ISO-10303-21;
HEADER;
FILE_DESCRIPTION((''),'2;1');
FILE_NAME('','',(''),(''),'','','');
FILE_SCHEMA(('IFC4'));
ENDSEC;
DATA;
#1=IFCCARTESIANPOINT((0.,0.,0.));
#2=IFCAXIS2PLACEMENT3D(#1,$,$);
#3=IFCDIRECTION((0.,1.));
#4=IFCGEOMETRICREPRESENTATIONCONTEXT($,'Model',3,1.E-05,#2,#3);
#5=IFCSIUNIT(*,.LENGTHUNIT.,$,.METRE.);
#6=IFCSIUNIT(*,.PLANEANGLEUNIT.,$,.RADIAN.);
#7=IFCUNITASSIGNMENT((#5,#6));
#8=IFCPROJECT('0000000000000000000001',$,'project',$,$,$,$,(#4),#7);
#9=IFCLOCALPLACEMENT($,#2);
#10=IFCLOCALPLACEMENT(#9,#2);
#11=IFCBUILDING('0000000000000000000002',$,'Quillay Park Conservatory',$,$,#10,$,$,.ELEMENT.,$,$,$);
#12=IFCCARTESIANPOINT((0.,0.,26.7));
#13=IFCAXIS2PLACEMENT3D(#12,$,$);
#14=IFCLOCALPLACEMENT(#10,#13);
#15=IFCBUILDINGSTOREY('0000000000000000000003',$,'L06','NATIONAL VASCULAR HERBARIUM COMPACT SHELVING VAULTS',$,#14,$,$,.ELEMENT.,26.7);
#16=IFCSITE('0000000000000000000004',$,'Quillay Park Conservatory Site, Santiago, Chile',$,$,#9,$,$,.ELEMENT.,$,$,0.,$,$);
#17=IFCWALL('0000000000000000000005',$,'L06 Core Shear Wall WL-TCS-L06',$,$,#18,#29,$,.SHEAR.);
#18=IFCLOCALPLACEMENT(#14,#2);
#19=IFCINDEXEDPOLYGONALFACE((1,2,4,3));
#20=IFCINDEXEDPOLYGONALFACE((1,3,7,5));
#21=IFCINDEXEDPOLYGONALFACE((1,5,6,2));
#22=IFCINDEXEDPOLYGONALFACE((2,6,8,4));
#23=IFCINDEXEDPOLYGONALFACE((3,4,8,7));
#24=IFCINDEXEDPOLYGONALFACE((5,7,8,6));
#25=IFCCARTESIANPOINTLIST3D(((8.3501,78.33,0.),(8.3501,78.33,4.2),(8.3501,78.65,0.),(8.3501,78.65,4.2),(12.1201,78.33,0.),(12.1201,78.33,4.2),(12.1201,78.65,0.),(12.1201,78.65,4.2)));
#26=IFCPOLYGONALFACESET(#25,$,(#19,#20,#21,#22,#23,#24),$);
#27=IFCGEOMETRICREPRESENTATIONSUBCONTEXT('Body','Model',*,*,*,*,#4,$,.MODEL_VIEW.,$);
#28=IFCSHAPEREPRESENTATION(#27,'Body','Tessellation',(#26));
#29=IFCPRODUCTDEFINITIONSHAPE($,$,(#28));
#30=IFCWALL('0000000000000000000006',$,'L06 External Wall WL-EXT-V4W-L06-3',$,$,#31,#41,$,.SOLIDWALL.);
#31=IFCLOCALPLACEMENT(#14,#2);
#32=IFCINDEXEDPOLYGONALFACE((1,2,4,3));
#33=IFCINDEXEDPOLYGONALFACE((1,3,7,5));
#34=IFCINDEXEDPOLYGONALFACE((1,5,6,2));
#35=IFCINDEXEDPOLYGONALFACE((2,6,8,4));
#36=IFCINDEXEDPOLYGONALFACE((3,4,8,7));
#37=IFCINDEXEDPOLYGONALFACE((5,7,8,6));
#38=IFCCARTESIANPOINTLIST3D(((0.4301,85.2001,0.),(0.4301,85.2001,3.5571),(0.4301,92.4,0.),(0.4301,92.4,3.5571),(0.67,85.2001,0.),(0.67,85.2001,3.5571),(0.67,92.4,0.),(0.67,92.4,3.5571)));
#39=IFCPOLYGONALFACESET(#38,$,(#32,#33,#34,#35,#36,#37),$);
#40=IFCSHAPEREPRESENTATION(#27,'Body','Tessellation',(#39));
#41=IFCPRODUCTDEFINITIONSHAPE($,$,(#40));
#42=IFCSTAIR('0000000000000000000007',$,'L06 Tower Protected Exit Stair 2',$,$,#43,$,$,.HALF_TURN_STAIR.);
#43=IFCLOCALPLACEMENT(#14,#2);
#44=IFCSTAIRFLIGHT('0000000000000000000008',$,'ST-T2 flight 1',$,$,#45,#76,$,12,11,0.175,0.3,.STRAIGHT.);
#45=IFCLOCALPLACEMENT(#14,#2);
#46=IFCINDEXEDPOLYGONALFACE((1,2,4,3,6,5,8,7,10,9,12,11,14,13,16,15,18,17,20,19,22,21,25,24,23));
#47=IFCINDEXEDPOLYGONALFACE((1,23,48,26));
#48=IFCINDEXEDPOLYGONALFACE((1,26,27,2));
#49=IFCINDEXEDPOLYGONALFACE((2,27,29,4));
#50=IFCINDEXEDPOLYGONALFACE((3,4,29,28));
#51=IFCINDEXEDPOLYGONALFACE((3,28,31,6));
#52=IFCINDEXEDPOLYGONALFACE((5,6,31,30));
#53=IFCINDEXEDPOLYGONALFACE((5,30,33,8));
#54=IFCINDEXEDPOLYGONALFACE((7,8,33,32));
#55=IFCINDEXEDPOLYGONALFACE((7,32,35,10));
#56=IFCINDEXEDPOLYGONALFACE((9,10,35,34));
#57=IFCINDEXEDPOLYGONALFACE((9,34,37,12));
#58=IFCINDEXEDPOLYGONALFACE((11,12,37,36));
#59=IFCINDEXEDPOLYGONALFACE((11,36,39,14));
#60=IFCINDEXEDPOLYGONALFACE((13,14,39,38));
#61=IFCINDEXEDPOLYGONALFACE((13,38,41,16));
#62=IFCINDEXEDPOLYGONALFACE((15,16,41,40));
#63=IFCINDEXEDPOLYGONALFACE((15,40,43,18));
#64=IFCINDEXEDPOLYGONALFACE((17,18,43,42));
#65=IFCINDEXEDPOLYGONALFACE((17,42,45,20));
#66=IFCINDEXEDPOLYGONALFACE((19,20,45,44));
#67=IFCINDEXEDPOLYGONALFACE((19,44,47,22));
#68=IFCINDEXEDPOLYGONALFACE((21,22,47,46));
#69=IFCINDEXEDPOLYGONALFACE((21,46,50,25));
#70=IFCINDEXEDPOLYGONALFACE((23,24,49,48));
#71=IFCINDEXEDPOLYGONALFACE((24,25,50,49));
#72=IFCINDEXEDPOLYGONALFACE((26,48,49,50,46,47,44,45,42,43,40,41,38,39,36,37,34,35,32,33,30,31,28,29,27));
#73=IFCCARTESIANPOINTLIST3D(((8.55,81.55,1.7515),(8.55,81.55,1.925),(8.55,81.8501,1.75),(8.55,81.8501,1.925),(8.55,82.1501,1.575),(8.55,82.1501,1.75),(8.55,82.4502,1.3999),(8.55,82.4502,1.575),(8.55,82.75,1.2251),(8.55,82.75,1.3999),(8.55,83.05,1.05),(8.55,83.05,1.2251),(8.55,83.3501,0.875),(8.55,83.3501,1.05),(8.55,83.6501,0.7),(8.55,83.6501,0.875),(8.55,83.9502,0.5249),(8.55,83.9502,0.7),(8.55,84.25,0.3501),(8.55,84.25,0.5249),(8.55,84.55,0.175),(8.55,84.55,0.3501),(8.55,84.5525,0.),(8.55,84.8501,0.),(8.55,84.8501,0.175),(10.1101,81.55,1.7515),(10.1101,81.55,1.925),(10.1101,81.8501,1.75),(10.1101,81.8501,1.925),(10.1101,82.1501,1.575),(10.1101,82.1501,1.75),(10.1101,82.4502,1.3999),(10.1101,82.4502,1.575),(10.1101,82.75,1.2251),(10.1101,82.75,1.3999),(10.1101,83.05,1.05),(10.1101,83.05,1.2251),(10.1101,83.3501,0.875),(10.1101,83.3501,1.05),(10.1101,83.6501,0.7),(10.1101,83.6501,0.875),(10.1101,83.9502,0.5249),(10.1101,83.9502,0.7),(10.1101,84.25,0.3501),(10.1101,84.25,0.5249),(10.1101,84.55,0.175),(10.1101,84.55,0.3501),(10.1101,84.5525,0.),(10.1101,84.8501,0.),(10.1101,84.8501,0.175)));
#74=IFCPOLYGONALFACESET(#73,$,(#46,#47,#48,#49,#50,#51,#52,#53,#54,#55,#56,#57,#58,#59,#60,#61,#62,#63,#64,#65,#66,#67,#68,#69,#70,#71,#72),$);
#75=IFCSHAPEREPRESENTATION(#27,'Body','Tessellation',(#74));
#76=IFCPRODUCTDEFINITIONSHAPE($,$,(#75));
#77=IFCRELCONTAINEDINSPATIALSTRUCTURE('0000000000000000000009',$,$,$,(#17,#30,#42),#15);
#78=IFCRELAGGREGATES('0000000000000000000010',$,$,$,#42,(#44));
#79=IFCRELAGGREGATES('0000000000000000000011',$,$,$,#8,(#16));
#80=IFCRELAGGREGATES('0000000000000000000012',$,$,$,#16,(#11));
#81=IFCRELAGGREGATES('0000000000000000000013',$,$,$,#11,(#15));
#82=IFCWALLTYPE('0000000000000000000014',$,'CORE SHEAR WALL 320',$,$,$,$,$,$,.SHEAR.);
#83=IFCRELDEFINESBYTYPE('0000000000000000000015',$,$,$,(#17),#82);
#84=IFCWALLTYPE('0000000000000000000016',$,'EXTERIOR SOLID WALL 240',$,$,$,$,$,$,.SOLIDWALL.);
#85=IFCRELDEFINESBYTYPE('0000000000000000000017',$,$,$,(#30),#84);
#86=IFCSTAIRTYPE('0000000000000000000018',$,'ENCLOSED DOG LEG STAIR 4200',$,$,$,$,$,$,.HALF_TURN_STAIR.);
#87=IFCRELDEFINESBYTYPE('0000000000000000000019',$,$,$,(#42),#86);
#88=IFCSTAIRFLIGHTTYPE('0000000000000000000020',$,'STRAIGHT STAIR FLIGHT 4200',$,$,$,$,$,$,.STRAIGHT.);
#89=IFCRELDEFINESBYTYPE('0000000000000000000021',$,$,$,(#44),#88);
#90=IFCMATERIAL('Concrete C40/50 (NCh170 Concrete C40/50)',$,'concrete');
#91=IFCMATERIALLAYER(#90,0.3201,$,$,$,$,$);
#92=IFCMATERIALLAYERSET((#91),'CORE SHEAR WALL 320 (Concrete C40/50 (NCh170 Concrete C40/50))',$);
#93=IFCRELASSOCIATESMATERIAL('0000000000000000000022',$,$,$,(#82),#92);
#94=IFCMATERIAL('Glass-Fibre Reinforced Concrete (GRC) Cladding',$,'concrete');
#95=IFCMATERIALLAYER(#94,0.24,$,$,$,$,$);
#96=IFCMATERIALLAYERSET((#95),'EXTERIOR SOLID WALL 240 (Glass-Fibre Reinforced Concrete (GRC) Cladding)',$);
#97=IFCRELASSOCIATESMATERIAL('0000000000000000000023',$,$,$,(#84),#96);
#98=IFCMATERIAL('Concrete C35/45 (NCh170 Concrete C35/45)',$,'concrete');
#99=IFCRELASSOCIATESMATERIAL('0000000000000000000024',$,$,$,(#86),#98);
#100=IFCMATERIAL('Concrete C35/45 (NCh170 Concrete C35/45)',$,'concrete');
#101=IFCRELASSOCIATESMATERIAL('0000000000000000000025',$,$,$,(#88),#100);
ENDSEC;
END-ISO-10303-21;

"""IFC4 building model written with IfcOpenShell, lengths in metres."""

from ifc_helpers import new_model, si_unit, direction, frame, frame_2d, origin, place, context, subcontext, project, spatial, polyline, rectangle, outline, extrude, material, layer, layer_set, type_object, element, aggregate, save


model = new_model("IFC4")

# Units and contexts
model_context = context("Model", 3, precision=1e-05, world=origin(), true_north=direction((0.0, 1.0)))
body_context = subcontext(model_context, "Body", "Model", "MODEL_VIEW")
ifc_project = project(units=[si_unit("LENGTHUNIT", "METRE"), si_unit("PLANEANGLEUNIT", "RADIAN")], contexts=[model_context])

# Site, building, storey
site_placement = place(None, origin())
site = spatial("IfcSite", under=ifc_project, at=site_placement, Name="Quillay Park Conservatory Site, Santiago, Chile", CompositionType="ELEMENT", RefElevation=0.0)
building_placement = place(site_placement, origin())
building = spatial("IfcBuilding", under=site, at=building_placement, Name="Quillay Park Conservatory", CompositionType="ELEMENT")
storey_placement = place(building_placement, frame((0.0, 0.0, 26.7)))
storey = spatial("IfcBuildingStorey", under=building, at=storey_placement, Name="L06", Description="NATIONAL VASCULAR HERBARIUM COMPACT SHELVING VAULTS", CompositionType="ELEMENT", Elevation=26.7)

# Walls
ifc_material_1 = material(Name="Concrete C40/50 (NCh170 Concrete C40/50)", Category="concrete")
ifc_layer_1 = layer(ifc_material_1, 0.3201)
ifc_layer_set_1 = layer_set([ifc_layer_1], Name="CORE SHEAR WALL 320 (Concrete C40/50 (NCh170 Concrete C40/50))")
wall_type_1 = type_object("IfcWallType", Name="CORE SHEAR WALL 320", PredefinedType="SHEAR", material=ifc_layer_set_1)
wall_1_placement = place(storey_placement, frame((8.3501, 78.49, 0.0), z_axis=(0.0, 0.0, 1.0), x_axis=(1.0, 0.0, 0.0)))
element("IfcWall", 1, at=wall_1_placement, inside=storey, type_object=wall_type_1, Name="L06 Core Shear Wall WL-TCS-L06", PredefinedType="SHEAR", context=body_context, shape_type="SweptSolid", body=[
    extrude(rectangle(XDim=3.77, YDim=0.3201, at=frame_2d((1.885, 0.0))), origin(), (0.0, 0.0, 1.0), 4.2),
])
ifc_material_2 = material(Name="Glass-Fibre Reinforced Concrete (GRC) Cladding", Category="concrete")
ifc_layer_2 = layer(ifc_material_2, 0.24)
ifc_layer_set_2 = layer_set([ifc_layer_2], Name="EXTERIOR SOLID WALL 240 (Glass-Fibre Reinforced Concrete (GRC) Cladding)")
wall_type_2 = type_object("IfcWallType", Name="EXTERIOR SOLID WALL 240", PredefinedType="SOLIDWALL", material=ifc_layer_set_2)
wall_2_placement = place(storey_placement, frame((0.55, 85.2, 0.0), z_axis=(0.0, 0.0, 1.0), x_axis=(0.0, 1.0, 0.0)))
element("IfcWall", 2, at=wall_2_placement, inside=storey, type_object=wall_type_2, Name="L06 External Wall WL-EXT-V4W-L06-3", PredefinedType="SOLIDWALL", context=body_context, shape_type="SweptSolid", body=[
    extrude(rectangle(XDim=7.2, YDim=0.24, at=frame_2d((3.6001, 0.0))), origin(), (0.0, 0.0, 1.0), 3.5571),
])

# Stair, stair flight
ifc_material_3 = material(Name="Concrete C35/45 (NCh170 Concrete C35/45)", Category="concrete")
stair_type = type_object("IfcStairType", Name="ENCLOSED DOG LEG STAIR 4200", PredefinedType="HALF_TURN_STAIR", material=ifc_material_3)
stair_placement = place(storey_placement, origin())
stair = element("IfcStair", 3, at=stair_placement, inside=storey, type_object=stair_type, Name="L06 Tower Protected Exit Stair 2", PredefinedType="HALF_TURN_STAIR")
ifc_material_4 = material(Name="Concrete C35/45 (NCh170 Concrete C35/45)", Category="concrete")
stair_flight_type = type_object("IfcStairFlightType", Name="STRAIGHT STAIR FLIGHT 4200", PredefinedType="STRAIGHT", material=ifc_material_4)
stair_flight_placement = place(storey_placement, frame((9.3301, 84.8501, 0.0), z_axis=(0.0, 0.0, 1.0), x_axis=(0.0, -1.0, 0.0)))
stair_flight = element("IfcStairFlight", 4, at=stair_flight_placement, type_object=stair_flight_type, Name="ST-T2 flight 1", NumberOfRisers=12, NumberOfTreads=11, PredefinedType="STRAIGHT", RiserHeight=0.175, TreadLength=0.3, context=body_context, shape_type="SweptSolid", body=[
    extrude(outline(polyline([(0.0, 0.0), (0.0, 0.175), (0.3, 0.175), (0.3, 0.3501), (0.6001, 0.3501), (0.6001, 0.5249), (0.8999, 0.5249), (0.8999, 0.7), (1.2, 0.7), (1.2, 0.875), (1.5, 0.875), (1.5, 1.05), (1.8, 1.05), (1.8, 1.2251), (2.1001, 1.2251), (2.1001, 1.3999), (2.3999, 1.3999), (2.3999, 1.575), (2.7, 1.575), (2.7, 1.75), (3.0, 1.75), (3.0, 1.925), (3.3, 1.925), (3.3, 2.1001), (3.3, 1.7515), (0.2976, 0.0), (0.0, 0.0)])), frame((0.0, 0.78, 0.0), z_axis=(0.0, -1.0, 0.0), x_axis=(1.0, 0.0, 0.0)), (0.0, 0.0, 1.0), 1.5601),
])
aggregate(stair, [stair_flight])

save(model, "model.ifc")
